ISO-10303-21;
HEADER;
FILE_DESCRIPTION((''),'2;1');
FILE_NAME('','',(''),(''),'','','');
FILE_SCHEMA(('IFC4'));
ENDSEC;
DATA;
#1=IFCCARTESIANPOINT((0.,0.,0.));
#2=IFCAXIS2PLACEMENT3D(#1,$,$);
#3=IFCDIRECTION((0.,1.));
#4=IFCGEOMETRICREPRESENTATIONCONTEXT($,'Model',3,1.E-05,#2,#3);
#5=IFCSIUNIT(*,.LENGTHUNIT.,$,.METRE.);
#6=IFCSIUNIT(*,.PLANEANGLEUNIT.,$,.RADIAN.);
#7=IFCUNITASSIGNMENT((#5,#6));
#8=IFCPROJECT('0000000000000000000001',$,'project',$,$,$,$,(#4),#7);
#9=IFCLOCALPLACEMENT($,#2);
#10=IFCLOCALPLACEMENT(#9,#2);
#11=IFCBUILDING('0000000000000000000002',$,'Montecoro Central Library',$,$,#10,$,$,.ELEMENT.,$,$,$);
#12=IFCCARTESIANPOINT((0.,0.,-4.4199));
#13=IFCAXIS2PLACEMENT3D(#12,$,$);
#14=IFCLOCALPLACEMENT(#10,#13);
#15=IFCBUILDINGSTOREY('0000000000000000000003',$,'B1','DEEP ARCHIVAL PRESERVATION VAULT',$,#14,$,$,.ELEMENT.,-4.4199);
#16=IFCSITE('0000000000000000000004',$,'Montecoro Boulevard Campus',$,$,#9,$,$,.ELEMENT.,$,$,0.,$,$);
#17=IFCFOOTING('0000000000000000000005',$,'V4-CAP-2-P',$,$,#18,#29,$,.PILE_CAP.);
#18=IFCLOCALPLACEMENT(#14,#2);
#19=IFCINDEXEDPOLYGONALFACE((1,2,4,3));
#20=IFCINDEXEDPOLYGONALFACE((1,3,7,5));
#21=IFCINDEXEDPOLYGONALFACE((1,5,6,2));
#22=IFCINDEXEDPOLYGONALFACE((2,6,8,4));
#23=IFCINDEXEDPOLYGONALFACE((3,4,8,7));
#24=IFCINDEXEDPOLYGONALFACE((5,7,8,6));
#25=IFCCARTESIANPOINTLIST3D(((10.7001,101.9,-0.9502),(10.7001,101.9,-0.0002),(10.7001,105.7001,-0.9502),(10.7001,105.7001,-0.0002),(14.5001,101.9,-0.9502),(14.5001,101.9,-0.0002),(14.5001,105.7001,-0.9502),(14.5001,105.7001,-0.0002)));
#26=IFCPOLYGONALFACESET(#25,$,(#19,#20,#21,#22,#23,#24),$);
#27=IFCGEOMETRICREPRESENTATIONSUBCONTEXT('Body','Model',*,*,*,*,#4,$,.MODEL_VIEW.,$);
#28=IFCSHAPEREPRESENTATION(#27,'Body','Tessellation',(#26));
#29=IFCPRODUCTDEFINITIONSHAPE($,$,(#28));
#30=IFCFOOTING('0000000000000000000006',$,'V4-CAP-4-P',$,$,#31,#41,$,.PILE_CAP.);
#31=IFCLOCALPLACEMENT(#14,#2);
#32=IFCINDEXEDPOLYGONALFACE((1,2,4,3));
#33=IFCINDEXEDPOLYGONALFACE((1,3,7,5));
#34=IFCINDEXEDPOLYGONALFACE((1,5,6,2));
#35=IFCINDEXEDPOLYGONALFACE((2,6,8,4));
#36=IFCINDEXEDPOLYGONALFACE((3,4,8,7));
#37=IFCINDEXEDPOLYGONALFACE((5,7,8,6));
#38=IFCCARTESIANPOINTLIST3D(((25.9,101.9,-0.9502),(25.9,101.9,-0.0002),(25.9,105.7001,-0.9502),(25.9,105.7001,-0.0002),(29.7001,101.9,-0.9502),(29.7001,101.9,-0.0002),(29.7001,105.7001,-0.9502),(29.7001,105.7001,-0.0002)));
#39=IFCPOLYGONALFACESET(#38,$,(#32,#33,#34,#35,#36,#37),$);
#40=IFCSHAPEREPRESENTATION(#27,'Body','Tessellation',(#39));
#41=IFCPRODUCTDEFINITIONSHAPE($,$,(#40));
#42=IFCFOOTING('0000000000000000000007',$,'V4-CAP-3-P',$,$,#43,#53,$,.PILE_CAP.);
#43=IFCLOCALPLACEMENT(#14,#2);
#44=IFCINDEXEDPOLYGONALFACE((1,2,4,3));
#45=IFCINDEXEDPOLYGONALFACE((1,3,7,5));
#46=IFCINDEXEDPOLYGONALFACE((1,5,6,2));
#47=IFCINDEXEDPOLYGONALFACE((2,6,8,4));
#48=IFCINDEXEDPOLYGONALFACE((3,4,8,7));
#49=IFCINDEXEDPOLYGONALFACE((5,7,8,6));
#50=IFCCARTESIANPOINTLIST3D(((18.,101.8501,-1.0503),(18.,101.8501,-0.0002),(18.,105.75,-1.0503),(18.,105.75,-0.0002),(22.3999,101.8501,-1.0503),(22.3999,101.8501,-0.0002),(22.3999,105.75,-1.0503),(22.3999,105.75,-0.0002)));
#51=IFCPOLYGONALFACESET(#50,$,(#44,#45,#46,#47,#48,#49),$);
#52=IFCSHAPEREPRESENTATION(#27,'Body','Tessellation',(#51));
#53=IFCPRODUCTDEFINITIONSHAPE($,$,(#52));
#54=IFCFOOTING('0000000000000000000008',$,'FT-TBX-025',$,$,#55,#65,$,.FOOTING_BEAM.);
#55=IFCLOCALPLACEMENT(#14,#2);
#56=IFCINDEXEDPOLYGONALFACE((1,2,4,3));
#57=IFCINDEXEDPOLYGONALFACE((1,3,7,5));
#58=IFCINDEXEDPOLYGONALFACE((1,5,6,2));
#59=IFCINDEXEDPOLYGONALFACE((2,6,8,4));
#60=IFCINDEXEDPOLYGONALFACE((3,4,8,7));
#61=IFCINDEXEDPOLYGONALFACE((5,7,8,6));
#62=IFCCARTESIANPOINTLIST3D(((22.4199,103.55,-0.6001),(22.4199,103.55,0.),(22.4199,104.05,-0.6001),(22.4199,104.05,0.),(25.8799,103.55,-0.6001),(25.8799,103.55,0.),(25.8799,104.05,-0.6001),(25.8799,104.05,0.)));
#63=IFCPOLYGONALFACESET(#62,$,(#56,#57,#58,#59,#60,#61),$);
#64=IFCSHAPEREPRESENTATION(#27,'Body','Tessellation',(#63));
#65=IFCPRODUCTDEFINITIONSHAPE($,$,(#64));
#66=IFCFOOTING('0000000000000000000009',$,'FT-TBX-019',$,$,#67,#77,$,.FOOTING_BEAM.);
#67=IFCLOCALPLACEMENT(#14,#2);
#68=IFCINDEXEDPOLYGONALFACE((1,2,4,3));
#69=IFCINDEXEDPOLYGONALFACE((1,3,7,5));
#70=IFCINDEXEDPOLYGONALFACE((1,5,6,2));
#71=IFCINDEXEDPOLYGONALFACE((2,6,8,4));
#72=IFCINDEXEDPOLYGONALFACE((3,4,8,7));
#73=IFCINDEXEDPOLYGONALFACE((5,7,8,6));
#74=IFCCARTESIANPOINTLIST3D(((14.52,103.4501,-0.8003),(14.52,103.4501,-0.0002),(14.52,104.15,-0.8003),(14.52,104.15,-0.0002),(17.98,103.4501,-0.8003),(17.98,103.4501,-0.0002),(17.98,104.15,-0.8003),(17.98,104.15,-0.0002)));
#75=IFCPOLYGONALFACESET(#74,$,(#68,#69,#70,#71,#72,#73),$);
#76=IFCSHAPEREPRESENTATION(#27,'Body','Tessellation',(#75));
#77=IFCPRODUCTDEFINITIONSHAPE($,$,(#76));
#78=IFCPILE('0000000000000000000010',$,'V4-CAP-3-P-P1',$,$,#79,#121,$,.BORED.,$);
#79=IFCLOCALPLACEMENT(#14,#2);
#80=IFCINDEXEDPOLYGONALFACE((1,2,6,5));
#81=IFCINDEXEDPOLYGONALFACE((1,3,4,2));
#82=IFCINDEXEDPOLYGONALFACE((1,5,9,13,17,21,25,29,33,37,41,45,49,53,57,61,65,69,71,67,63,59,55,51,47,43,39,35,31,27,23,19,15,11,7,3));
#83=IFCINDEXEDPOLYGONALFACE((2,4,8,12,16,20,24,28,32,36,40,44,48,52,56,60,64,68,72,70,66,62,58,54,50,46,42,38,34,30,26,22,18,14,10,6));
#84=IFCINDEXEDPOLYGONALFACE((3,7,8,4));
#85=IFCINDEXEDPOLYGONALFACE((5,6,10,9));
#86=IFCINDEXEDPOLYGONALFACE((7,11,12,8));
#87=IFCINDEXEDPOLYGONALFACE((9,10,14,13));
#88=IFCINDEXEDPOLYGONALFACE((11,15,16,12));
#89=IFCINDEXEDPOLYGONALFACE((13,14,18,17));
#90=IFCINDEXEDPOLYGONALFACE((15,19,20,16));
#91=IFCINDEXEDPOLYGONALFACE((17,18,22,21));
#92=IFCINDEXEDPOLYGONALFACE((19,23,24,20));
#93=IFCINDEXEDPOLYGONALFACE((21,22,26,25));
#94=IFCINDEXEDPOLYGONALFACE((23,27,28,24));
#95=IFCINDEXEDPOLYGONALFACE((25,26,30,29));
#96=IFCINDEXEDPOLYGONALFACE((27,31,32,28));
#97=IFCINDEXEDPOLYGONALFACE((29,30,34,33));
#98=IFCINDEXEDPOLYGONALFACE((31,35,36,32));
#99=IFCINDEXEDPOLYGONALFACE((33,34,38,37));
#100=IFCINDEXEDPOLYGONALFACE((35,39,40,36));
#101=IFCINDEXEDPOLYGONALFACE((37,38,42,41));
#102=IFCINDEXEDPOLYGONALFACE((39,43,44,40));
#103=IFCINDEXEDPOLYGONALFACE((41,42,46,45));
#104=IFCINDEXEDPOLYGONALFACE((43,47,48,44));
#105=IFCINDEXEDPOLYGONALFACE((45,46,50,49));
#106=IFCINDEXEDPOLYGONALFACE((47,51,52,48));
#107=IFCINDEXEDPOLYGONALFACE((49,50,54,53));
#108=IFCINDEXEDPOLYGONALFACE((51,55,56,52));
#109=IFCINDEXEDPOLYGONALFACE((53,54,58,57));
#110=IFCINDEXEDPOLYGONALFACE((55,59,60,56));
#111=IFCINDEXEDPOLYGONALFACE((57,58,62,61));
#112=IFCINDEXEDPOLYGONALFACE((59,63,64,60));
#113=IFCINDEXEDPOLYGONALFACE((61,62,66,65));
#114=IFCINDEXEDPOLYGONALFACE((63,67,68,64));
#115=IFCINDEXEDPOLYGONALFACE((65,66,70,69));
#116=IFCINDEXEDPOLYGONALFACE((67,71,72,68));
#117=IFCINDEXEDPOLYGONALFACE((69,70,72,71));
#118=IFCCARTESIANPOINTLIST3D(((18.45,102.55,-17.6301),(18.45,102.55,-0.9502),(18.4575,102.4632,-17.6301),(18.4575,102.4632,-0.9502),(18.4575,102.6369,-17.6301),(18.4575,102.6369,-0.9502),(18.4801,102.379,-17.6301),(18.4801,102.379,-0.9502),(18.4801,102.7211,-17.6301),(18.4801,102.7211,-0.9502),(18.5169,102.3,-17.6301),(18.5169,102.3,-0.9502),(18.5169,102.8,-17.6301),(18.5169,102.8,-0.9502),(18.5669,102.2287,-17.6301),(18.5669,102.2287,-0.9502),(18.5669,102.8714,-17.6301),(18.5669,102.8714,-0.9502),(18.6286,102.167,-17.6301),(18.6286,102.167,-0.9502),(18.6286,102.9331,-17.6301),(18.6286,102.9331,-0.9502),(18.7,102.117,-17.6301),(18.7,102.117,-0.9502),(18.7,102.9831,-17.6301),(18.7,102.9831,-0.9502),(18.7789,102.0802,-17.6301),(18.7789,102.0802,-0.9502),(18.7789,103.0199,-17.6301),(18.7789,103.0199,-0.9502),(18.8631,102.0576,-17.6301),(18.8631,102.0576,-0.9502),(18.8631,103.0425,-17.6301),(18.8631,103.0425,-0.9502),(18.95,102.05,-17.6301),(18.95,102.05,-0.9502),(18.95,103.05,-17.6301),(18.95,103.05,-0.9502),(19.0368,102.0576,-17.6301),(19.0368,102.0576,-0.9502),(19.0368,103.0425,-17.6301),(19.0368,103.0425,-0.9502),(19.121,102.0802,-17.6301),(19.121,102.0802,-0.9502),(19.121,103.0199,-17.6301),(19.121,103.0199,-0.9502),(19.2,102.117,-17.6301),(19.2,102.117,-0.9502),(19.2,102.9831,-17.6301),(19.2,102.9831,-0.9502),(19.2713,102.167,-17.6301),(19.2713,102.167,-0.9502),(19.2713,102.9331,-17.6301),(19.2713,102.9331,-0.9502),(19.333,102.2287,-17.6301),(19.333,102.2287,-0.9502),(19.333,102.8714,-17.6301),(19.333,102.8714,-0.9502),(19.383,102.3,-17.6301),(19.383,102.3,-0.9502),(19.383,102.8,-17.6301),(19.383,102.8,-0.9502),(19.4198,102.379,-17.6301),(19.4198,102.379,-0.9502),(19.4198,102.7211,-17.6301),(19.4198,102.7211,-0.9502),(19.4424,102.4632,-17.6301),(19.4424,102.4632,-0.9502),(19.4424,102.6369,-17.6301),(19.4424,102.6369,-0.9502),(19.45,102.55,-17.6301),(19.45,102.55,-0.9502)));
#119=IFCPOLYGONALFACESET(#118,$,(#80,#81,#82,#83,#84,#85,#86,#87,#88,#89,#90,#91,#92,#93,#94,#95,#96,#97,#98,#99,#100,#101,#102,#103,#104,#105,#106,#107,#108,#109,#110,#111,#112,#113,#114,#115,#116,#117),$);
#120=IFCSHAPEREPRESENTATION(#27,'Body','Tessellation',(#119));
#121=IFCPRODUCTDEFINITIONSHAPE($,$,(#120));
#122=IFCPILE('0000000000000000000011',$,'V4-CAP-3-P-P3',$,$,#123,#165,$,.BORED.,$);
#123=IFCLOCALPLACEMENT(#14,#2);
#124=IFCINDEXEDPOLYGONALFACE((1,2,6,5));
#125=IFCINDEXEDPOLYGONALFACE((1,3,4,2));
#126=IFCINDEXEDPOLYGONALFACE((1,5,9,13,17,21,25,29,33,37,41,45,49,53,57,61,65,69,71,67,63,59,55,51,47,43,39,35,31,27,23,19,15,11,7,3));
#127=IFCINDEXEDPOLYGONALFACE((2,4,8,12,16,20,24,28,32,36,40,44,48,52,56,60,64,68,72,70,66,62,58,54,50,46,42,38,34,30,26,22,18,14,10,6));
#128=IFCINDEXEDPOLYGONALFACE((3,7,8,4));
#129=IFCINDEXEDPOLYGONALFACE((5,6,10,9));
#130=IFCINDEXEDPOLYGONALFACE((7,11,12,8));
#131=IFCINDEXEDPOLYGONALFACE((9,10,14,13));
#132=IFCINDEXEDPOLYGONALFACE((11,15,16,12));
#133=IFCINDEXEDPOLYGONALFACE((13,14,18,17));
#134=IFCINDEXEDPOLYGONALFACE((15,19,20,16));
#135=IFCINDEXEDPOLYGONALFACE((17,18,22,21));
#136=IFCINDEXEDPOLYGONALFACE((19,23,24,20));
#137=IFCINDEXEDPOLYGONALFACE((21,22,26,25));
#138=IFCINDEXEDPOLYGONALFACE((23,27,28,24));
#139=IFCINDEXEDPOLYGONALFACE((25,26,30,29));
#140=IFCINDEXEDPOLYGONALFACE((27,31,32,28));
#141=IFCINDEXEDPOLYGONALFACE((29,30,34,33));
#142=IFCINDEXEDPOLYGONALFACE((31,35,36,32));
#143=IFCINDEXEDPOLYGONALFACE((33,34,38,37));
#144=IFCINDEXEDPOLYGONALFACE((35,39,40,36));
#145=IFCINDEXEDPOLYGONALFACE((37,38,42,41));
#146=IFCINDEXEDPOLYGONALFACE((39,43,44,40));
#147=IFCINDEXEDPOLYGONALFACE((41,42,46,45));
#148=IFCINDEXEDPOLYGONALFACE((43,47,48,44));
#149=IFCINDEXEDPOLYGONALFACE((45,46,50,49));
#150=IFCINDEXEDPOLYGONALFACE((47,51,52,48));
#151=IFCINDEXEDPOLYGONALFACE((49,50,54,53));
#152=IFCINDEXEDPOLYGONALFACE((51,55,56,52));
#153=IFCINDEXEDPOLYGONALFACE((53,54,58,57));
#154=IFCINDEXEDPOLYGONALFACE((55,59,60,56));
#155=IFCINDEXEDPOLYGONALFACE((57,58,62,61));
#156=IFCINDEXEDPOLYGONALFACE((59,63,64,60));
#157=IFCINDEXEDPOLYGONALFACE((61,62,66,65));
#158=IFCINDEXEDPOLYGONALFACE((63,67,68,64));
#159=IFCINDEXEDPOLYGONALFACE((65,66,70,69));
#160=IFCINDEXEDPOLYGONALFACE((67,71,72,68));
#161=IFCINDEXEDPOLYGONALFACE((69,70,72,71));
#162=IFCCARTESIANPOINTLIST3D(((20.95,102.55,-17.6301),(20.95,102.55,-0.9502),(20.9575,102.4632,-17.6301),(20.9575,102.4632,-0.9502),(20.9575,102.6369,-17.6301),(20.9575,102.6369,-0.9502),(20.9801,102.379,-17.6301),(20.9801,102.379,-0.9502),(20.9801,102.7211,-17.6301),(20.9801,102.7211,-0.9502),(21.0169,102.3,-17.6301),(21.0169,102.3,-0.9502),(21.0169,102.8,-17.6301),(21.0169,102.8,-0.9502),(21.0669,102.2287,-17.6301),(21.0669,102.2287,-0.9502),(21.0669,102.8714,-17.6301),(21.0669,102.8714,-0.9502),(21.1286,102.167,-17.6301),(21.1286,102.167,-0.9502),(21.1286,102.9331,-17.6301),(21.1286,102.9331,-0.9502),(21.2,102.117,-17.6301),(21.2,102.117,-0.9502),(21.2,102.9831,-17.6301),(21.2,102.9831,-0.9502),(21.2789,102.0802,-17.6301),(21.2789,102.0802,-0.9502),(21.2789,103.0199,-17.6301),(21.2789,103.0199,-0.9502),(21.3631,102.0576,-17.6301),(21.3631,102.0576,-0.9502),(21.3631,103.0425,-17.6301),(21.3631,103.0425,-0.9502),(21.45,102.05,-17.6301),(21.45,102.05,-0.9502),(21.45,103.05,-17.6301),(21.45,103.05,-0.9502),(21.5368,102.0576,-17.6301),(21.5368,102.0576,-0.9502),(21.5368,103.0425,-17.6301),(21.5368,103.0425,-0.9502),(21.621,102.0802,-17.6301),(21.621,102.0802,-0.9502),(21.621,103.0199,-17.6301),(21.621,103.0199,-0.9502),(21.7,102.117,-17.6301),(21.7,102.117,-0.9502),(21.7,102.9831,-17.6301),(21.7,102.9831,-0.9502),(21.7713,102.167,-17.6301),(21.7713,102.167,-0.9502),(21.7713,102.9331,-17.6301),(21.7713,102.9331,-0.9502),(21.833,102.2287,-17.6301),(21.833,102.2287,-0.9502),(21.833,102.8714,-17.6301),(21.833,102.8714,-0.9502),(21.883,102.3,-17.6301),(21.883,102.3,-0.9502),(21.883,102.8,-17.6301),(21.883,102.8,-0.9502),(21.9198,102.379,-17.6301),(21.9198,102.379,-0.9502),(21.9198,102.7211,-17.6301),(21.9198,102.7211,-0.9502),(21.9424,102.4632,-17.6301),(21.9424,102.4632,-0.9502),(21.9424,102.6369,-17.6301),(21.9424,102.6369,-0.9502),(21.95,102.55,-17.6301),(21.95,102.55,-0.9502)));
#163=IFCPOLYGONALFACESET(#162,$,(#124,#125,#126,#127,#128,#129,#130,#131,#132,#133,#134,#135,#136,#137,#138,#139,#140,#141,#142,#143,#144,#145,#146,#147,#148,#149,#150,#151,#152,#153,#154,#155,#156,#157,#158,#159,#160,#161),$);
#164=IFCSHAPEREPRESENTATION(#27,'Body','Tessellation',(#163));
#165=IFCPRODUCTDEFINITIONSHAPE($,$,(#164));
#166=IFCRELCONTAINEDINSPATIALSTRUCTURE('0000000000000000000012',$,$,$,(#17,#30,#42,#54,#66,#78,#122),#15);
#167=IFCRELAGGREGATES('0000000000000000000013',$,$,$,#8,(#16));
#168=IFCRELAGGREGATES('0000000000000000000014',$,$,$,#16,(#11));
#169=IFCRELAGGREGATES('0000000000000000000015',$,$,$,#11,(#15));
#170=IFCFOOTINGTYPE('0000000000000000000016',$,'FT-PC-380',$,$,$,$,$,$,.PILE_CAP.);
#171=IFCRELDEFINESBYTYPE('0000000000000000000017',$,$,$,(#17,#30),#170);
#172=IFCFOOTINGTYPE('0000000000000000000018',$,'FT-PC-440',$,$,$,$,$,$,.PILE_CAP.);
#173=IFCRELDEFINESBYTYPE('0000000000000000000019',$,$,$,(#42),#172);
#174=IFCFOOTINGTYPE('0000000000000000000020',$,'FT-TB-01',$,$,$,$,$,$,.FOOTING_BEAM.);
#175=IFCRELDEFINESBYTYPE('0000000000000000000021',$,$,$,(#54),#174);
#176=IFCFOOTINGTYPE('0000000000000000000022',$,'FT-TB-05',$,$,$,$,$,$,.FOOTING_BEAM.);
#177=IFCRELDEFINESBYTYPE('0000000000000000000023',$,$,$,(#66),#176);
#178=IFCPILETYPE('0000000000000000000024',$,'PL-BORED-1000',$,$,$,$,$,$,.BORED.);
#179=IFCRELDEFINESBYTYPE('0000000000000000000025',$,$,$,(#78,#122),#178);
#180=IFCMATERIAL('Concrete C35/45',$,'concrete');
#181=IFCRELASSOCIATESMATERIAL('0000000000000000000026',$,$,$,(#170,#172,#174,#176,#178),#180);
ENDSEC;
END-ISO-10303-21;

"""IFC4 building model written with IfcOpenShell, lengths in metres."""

from ifc_helpers import new_model, si_unit, direction, frame, origin, origin_2d, place, context, subcontext, project, spatial, rectangle, circle, extrude, material, material_profile, profile_set, type_object, element, save


model = new_model("IFC4")

# Units and contexts
model_context = context("Model", 3, precision=1e-05, world=origin(), true_north=direction((0.0, 1.0)))
body_context = subcontext(model_context, "Body", "Model", "MODEL_VIEW")
ifc_project = project(units=[si_unit("LENGTHUNIT", "METRE"), si_unit("PLANEANGLEUNIT", "RADIAN")], contexts=[model_context])

# Site, building, storey
site_placement = place(None, origin())
site = spatial("IfcSite", under=ifc_project, at=site_placement, Name="Montecoro Boulevard Campus", CompositionType="ELEMENT", RefElevation=0.0)
building_placement = place(site_placement, origin())
building = spatial("IfcBuilding", under=site, at=building_placement, Name="Montecoro Central Library", CompositionType="ELEMENT")
storey_placement = place(building_placement, frame((0.0, 0.0, -4.4199)))
storey = spatial("IfcBuildingStorey", under=building, at=storey_placement, Name="B1", Description="DEEP ARCHIVAL PRESERVATION VAULT", CompositionType="ELEMENT", Elevation=-4.4199)

# Footings
ifc_material_1 = material(Name="Concrete C35/45", Category="concrete")
footing_type_1 = type_object("IfcFootingType", Name="FT-PC-380", PredefinedType="PILE_CAP", material=ifc_material_1)
for number, where, z_axis, x_axis, name in (
    (1, (12.6001, 103.8, -0.9502), (0.0, 0.0, 1.0), (1.0, 0.0, 0.0), "V4-CAP-2-P"),
    (2, (27.8, 103.8, -0.9502), (0.0, 0.0, 1.0), (1.0, 0.0, 0.0), "V4-CAP-4-P"),
):
    element("IfcFooting", number, at=place(storey_placement, frame(where, z_axis=z_axis, x_axis=x_axis)), inside=storey, type_object=footing_type_1, Name=name, PredefinedType="PILE_CAP", context=body_context, shape_type="SweptSolid", body=[
        extrude(rectangle(XDim=3.8, YDim=3.8, at=origin_2d()), origin(), (0.0, 0.0, 1.0), 0.95),
    ])
footing_type_2 = type_object("IfcFootingType", Name="FT-PC-440", PredefinedType="PILE_CAP", material=ifc_material_1)
footing_1_placement = place(storey_placement, frame((20.2, 103.8, -1.0503), z_axis=(0.0, 0.0, 1.0), x_axis=(1.0, 0.0, 0.0)))
element("IfcFooting", 3, at=footing_1_placement, inside=storey, type_object=footing_type_2, Name="V4-CAP-3-P", PredefinedType="PILE_CAP", context=body_context, shape_type="SweptSolid", body=[
    extrude(rectangle(XDim=4.3999, YDim=3.8999, at=origin_2d()), origin(), (0.0, 0.0, 1.0), 1.05),
])
footing_type_3 = type_object("IfcFootingType", Name="FT-TB-01", PredefinedType="FOOTING_BEAM", material=ifc_material_1)
footing_2_placement = place(storey_placement, frame((24.1499, 103.8, -0.6001), z_axis=(0.0, 0.0, 1.0), x_axis=(1.0, 0.0, 0.0)))
element("IfcFooting", 4, at=footing_2_placement, inside=storey, type_object=footing_type_3, Name="FT-TBX-025", PredefinedType="FOOTING_BEAM", context=body_context, shape_type="SweptSolid", body=[
    extrude(rectangle(XDim=3.46, YDim=0.5, at=origin_2d()), origin(), (0.0, 0.0, 1.0), 0.6001),
])
footing_type_4 = type_object("IfcFootingType", Name="FT-TB-05", PredefinedType="FOOTING_BEAM", material=ifc_material_1)
footing_3_placement = place(storey_placement, frame((16.25, 103.8, -0.8003), z_axis=(0.0, 0.0, 1.0), x_axis=(1.0, 0.0, 0.0)))
element("IfcFooting", 5, at=footing_3_placement, inside=storey, type_object=footing_type_4, Name="FT-TBX-019", PredefinedType="FOOTING_BEAM", context=body_context, shape_type="SweptSolid", body=[
    extrude(rectangle(XDim=3.46, YDim=0.7, at=origin_2d()), origin(), (0.0, 0.0, 1.0), 0.8),
])

# Piles
ifc_material_profile_1 = material_profile(ifc_material_1, circle(Radius=0.5, at=origin_2d()), Name="PILE D1000")
ifc_profile_set_1 = profile_set([ifc_material_profile_1], Name="Concrete C35/45")
pile_type_1 = type_object("IfcPileType", Name="PL-BORED-1000", PredefinedType="BORED", material=ifc_profile_set_1)
for number, where, z_axis, x_axis, name in (
    (6, (18.95, 102.55, -0.9502), (0.0, 0.0, -1.0), (1.0, 0.0, 0.0), "V4-CAP-3-P-P1"),
    (7, (21.45, 102.55, -0.9502), (0.0, 0.0, -1.0), (1.0, 0.0, 0.0), "V4-CAP-3-P-P3"),
):
    element("IfcPile", number, at=place(storey_placement, frame(where, z_axis=z_axis, x_axis=x_axis)), inside=storey, type_object=pile_type_1, Name=name, PredefinedType="BORED", context=body_context, shape_type="SweptSolid", body=[
        extrude(circle(Radius=0.5, at=origin_2d()), origin(), (0.0, 0.0, 1.0), 16.6799),
    ])

save(model, "model.ifc")
